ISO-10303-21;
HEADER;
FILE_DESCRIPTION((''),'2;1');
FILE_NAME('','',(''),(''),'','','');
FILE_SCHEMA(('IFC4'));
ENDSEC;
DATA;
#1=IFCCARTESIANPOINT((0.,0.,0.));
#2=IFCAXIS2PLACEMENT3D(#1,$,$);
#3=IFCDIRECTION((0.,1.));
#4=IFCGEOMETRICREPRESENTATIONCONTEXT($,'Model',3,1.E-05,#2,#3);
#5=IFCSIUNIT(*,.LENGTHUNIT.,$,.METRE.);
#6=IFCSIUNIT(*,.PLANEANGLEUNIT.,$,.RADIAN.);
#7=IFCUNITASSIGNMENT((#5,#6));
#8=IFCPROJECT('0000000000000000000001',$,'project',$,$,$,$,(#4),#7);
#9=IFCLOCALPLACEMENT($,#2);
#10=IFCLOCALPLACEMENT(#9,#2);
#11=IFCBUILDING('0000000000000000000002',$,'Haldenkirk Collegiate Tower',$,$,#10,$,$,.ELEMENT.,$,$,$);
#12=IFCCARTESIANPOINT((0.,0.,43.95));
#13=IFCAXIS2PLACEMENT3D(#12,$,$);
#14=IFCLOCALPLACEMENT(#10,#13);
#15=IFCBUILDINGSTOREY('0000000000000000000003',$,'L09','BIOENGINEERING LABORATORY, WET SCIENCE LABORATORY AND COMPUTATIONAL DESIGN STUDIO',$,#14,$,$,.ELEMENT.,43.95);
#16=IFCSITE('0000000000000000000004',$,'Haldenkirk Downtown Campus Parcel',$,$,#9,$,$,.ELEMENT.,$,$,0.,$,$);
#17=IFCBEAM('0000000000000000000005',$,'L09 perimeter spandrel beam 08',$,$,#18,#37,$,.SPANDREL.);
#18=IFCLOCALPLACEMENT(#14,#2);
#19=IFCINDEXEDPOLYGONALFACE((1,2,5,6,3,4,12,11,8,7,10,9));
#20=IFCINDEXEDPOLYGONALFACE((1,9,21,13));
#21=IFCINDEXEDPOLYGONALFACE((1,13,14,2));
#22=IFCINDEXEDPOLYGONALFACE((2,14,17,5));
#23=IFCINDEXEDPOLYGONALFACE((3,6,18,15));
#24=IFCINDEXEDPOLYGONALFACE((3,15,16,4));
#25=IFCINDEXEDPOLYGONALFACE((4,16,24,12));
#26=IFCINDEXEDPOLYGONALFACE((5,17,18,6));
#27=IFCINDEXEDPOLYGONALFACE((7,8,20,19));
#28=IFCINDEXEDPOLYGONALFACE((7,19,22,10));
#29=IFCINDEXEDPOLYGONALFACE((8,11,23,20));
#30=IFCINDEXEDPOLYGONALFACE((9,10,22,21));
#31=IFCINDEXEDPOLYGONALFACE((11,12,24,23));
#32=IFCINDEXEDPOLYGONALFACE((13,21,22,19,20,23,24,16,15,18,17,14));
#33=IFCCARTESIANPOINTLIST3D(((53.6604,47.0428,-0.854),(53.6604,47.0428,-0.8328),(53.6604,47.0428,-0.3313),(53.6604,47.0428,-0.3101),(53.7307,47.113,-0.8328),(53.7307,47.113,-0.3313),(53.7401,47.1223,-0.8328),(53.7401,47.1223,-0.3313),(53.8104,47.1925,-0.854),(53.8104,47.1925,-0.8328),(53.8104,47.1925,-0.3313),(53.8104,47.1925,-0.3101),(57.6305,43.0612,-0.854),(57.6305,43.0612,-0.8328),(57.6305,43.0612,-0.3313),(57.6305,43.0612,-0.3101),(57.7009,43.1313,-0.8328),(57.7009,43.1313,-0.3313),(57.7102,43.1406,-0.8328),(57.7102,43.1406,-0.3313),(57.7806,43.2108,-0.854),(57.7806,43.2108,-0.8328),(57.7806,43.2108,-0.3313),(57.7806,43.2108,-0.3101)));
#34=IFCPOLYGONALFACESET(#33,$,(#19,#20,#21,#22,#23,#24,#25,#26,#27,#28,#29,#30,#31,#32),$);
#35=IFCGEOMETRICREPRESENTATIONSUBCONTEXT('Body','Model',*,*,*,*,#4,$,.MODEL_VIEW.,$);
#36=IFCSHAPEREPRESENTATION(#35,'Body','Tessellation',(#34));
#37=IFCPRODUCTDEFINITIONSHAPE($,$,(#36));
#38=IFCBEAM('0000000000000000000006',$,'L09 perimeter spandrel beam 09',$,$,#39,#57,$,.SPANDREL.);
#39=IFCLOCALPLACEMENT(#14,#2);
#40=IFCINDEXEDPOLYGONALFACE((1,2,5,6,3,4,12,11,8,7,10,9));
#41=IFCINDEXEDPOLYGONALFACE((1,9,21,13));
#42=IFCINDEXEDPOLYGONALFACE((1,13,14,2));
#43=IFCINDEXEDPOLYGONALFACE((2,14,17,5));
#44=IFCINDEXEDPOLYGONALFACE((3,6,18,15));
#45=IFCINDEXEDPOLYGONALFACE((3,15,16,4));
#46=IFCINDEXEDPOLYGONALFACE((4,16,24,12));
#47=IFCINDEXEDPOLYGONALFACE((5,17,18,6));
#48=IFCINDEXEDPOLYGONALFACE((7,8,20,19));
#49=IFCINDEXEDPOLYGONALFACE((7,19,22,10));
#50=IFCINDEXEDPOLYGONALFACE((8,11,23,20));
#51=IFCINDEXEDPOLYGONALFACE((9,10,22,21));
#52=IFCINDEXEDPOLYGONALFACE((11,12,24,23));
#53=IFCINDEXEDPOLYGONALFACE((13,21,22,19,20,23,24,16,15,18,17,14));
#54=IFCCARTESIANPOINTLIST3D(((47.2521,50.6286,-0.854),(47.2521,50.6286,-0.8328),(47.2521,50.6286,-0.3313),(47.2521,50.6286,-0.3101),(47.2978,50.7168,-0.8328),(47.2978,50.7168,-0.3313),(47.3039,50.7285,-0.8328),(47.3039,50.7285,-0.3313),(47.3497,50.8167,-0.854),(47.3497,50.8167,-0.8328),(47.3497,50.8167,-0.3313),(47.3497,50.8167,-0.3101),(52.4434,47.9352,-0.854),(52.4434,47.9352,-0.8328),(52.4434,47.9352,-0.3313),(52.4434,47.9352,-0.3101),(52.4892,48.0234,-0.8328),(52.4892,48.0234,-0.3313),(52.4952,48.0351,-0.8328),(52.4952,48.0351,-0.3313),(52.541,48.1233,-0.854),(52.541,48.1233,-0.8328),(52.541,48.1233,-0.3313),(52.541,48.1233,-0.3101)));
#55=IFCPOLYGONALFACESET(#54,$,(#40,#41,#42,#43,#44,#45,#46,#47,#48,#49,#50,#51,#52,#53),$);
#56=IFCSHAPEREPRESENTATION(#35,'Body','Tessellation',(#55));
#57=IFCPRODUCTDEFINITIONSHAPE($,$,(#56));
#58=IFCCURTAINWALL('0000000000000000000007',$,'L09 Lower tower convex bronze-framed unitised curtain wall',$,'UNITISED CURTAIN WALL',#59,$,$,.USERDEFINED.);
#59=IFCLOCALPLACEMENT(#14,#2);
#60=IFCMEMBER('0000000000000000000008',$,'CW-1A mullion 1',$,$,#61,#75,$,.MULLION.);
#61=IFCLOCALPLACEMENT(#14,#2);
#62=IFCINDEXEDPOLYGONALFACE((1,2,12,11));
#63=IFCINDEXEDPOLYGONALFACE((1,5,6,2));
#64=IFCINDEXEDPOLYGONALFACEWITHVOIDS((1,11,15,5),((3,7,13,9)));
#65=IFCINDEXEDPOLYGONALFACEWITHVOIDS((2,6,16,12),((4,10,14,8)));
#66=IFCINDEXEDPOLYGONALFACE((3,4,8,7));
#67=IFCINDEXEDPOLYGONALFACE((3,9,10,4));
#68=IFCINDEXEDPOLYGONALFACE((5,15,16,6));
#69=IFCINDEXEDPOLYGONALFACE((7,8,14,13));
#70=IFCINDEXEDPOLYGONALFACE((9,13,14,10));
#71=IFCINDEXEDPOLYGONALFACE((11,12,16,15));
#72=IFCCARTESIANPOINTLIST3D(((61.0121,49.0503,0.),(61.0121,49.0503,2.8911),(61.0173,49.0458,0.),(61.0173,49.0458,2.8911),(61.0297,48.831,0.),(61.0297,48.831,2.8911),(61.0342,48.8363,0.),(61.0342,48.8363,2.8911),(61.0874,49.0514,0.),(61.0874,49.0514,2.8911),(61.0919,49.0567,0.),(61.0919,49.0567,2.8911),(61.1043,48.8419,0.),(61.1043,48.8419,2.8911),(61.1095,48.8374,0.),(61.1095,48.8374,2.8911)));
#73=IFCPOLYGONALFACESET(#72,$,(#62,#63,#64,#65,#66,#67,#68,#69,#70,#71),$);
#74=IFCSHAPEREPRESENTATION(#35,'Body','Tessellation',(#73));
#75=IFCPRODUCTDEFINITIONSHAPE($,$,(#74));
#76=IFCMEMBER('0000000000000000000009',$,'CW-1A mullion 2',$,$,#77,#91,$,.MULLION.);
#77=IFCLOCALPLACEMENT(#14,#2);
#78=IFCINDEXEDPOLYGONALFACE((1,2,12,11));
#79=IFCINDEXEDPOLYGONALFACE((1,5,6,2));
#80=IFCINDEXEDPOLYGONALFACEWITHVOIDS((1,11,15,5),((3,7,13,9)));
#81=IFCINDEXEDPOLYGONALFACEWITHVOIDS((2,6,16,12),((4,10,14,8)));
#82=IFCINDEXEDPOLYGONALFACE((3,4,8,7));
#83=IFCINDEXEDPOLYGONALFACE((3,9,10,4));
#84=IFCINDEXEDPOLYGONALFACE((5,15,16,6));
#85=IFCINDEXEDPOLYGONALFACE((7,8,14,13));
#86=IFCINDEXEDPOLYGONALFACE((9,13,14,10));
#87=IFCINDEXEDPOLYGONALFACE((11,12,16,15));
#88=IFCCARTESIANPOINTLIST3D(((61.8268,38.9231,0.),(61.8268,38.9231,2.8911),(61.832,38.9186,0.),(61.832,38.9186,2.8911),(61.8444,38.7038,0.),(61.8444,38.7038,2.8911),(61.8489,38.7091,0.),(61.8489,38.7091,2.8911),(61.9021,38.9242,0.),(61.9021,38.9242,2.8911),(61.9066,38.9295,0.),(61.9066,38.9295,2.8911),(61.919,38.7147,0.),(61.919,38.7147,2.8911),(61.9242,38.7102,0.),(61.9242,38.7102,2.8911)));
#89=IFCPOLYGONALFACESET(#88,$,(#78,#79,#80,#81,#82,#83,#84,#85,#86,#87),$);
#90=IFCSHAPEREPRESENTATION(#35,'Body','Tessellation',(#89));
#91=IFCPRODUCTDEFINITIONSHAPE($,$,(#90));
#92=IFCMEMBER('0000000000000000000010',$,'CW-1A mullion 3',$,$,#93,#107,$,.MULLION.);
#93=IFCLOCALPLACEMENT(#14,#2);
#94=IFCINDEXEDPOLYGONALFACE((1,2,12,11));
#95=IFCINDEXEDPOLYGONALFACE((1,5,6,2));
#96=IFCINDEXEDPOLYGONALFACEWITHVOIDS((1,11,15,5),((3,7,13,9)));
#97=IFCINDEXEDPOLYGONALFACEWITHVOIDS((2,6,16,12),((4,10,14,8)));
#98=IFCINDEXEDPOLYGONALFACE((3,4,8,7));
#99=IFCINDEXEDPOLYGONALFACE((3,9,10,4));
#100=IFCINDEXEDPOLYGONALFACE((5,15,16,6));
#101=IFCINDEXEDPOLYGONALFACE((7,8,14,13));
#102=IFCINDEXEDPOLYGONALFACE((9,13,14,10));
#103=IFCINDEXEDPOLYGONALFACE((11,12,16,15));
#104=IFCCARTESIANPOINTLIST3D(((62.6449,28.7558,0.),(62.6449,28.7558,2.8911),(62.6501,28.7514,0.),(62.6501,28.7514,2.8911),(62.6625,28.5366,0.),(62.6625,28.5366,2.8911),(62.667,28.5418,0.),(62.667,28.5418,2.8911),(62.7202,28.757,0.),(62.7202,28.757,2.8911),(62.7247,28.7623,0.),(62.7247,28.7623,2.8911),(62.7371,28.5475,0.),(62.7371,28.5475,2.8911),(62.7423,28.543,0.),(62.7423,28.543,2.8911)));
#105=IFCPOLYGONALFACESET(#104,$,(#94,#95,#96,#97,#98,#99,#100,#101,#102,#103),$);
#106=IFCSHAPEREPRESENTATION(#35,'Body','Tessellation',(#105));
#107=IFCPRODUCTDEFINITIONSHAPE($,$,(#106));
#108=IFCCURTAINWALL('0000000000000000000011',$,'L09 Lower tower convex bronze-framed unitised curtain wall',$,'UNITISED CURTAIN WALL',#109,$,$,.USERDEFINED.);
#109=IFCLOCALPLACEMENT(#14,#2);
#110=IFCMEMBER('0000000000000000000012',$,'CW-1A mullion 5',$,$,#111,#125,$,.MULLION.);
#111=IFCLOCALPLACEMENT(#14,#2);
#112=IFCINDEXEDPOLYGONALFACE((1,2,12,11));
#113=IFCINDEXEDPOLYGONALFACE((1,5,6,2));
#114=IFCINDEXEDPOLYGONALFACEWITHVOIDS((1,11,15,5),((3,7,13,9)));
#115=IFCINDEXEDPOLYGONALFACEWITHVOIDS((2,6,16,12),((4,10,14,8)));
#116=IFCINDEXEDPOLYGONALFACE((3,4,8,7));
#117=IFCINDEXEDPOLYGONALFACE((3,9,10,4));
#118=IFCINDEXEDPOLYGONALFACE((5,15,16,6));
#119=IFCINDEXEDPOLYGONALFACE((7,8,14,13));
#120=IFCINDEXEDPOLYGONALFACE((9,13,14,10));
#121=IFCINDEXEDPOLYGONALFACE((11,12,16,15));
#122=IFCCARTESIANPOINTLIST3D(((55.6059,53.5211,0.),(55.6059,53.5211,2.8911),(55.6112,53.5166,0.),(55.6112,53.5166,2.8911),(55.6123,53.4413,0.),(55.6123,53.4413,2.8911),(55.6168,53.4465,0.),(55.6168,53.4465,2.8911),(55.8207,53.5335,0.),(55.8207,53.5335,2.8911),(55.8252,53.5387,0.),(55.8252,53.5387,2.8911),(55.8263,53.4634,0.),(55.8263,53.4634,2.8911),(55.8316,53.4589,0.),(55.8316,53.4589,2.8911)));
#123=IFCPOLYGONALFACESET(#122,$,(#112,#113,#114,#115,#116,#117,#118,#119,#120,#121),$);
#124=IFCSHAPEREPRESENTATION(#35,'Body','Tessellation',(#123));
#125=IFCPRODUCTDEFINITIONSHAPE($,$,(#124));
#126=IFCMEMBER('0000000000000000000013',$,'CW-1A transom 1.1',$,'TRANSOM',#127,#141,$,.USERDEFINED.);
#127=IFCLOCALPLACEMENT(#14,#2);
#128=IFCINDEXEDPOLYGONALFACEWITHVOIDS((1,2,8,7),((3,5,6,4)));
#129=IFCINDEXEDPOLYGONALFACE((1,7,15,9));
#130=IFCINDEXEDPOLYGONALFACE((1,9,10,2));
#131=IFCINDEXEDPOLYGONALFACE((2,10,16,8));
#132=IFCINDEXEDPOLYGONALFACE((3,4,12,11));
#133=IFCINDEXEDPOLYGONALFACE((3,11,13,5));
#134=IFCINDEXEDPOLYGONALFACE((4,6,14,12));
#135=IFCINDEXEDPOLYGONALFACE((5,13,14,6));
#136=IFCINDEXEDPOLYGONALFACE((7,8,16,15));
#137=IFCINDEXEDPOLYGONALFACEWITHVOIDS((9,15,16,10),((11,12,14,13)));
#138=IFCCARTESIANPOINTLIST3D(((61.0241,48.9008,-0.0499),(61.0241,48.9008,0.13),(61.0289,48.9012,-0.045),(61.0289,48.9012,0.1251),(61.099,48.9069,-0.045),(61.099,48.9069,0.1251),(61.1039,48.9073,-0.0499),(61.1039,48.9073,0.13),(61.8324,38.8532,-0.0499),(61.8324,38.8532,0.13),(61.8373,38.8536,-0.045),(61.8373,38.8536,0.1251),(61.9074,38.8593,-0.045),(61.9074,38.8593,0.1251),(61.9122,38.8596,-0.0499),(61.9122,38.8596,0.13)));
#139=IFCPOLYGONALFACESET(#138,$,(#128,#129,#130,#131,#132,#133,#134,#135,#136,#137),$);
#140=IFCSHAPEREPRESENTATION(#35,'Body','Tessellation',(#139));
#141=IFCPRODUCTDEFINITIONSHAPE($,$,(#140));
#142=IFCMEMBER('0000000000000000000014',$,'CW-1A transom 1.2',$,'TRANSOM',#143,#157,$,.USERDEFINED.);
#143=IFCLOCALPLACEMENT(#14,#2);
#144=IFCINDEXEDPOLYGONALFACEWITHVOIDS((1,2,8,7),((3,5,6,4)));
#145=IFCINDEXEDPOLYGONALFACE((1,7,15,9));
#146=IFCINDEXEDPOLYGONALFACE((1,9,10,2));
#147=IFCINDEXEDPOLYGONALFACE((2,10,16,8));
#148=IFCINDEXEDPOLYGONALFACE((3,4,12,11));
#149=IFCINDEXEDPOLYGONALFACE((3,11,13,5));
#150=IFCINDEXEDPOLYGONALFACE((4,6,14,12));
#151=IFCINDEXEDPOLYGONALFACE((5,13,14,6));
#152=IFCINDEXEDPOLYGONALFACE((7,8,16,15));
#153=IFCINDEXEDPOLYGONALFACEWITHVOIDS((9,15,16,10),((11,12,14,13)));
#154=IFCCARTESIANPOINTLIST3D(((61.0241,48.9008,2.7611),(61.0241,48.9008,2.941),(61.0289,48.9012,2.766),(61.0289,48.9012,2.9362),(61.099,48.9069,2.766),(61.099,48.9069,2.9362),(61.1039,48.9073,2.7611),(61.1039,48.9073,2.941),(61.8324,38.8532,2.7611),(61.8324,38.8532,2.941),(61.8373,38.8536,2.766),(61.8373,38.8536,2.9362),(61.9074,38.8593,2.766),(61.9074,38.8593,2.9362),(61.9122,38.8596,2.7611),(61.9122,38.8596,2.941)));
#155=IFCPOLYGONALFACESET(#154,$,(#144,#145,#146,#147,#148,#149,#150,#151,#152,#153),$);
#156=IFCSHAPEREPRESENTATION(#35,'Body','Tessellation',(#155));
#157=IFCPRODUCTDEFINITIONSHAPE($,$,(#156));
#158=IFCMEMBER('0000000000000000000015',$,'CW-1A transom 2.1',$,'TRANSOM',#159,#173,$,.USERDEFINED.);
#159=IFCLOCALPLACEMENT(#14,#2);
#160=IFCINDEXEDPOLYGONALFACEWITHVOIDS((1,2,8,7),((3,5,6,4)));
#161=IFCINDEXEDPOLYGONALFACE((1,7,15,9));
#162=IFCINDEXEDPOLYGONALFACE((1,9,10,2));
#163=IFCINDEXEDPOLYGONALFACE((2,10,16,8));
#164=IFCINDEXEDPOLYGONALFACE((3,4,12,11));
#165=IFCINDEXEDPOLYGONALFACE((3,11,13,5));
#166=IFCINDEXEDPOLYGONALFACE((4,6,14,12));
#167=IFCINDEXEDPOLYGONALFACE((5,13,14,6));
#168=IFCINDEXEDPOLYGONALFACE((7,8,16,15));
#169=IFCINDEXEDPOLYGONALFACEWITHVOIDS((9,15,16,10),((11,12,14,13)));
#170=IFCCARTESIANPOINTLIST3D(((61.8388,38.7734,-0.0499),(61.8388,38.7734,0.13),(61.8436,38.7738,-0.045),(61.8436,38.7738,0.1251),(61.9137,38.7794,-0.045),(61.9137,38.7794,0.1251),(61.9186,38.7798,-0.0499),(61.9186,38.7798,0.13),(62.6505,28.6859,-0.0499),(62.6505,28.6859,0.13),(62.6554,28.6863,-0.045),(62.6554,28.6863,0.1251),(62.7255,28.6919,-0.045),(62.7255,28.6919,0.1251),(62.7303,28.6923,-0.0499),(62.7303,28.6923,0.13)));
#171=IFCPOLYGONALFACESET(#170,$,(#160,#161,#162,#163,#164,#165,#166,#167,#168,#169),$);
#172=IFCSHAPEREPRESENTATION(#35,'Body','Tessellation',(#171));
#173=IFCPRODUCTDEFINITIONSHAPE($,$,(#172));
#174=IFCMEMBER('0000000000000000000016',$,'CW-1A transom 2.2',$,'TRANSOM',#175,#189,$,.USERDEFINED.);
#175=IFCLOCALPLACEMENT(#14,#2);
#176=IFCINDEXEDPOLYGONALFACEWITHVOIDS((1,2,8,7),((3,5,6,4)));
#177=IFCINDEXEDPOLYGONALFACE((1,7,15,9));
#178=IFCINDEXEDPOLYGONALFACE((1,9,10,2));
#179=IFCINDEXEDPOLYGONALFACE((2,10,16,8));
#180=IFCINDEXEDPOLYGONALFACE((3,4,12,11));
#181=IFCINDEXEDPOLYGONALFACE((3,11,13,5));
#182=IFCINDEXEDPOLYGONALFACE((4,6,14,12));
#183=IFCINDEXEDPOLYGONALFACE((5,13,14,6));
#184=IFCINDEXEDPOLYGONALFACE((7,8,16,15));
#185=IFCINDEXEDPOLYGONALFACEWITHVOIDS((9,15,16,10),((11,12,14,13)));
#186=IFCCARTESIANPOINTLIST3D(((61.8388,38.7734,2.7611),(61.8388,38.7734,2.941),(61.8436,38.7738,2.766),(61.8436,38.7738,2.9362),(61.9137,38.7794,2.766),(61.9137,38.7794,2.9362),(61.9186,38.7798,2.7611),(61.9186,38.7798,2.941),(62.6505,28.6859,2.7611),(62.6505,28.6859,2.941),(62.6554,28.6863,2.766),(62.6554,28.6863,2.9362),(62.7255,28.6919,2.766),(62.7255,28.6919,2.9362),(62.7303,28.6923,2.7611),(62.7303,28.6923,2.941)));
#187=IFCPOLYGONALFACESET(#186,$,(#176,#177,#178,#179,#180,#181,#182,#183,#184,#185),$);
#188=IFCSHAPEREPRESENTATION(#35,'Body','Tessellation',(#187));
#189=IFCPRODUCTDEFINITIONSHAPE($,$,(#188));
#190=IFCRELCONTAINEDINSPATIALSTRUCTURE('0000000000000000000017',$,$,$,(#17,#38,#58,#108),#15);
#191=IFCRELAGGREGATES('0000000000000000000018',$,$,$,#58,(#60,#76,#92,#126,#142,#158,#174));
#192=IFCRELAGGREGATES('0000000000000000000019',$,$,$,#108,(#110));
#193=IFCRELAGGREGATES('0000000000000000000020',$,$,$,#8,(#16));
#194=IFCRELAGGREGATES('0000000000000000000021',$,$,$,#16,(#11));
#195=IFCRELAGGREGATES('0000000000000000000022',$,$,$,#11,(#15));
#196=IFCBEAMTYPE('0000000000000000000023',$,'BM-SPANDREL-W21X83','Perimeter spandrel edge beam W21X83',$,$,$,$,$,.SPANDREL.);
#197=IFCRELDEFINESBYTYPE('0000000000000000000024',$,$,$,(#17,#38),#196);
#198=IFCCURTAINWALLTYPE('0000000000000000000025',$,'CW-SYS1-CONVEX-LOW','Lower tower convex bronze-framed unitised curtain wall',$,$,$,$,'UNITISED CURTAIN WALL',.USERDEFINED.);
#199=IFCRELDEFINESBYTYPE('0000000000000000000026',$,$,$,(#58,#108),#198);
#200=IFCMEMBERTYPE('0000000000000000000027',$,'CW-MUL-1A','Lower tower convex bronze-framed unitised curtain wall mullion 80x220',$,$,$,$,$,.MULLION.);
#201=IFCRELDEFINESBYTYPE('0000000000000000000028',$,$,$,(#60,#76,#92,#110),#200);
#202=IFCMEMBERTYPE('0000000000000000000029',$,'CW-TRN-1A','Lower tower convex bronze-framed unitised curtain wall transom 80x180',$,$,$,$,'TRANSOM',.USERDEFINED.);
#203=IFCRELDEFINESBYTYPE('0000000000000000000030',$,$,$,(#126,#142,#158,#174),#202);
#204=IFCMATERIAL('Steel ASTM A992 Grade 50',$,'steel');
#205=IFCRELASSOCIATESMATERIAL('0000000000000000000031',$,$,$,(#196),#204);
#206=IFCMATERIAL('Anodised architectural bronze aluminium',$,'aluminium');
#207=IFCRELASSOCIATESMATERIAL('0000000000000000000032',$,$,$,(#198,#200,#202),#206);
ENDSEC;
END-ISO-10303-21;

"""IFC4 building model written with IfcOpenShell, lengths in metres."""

from ifc_helpers import new_model, si_unit, direction, frame, origin, origin_2d, place, context, subcontext, project, spatial, hollow_rectangle, i_section, extrude, material, material_profile, profile_set, type_object, element, aggregate, save


model = new_model("IFC4")

# Units and contexts
model_context = context("Model", 3, precision=1e-05, world=origin(), true_north=direction((0.0, 1.0)))
body_context = subcontext(model_context, "Body", "Model", "MODEL_VIEW")
ifc_project = project(units=[si_unit("LENGTHUNIT", "METRE"), si_unit("PLANEANGLEUNIT", "RADIAN")], contexts=[model_context])

# Site, building, storey
site_placement = place(None, origin())
site = spatial("IfcSite", under=ifc_project, at=site_placement, Name="Haldenkirk Downtown Campus Parcel", CompositionType="ELEMENT", RefElevation=0.0)
building_placement = place(site_placement, origin())
building = spatial("IfcBuilding", under=site, at=building_placement, Name="Haldenkirk Collegiate Tower", CompositionType="ELEMENT")
storey_placement = place(building_placement, frame((0.0, 0.0, 43.95)))
storey = spatial("IfcBuildingStorey", under=building, at=storey_placement, Name="L09", Description="BIOENGINEERING LABORATORY, WET SCIENCE LABORATORY AND COMPUTATIONAL DESIGN STUDIO", CompositionType="ELEMENT", Elevation=43.95)

# Beams
ifc_material_1 = material(Name="Steel ASTM A992 Grade 50", Category="steel")
ifc_material_profile_1 = material_profile(ifc_material_1, i_section(OverallWidth=0.2119, OverallDepth=0.5439, WebThickness=0.0132, FlangeThickness=0.0212, at=origin_2d()), Name="W21X83")
ifc_profile_set_1 = profile_set([ifc_material_profile_1], Name="Steel ASTM A992 Grade 50")
beam_type_1 = type_object("IfcBeamType", Name="BM-SPANDREL-W21X83", Description="Perimeter spandrel edge beam W21X83", PredefinedType="SPANDREL", material=ifc_profile_set_1)
beam_1_placement = place(storey_placement, frame((57.7056, 43.136, -0.582), z_axis=(-0.706086, 0.708126, 0.0), x_axis=(-0.708126, -0.706086, 0.0)))
element("IfcBeam", 1, at=beam_1_placement, inside=storey, type_object=beam_type_1, Name="L09 perimeter spandrel beam 08", PredefinedType="SPANDREL", context=body_context, shape_type="SweptSolid", body=[
    extrude(i_section(OverallWidth=0.2119, OverallDepth=0.5439, WebThickness=0.0132, FlangeThickness=0.0212, at=origin_2d()), origin(), (0.0, 0.0, 1.0), 5.6228),
])
beam_2_placement = place(storey_placement, frame((52.4922, 48.0293, -0.582), z_axis=(-0.887648, 0.460522, 0.0), x_axis=(-0.460522, -0.887648, 0.0)))
element("IfcBeam", 2, at=beam_2_placement, inside=storey, type_object=beam_type_1, Name="L09 perimeter spandrel beam 09", PredefinedType="SPANDREL", context=body_context, shape_type="SweptSolid", body=[
    extrude(i_section(OverallWidth=0.2119, OverallDepth=0.5439, WebThickness=0.0132, FlangeThickness=0.0212, at=origin_2d()), origin(), (0.0, 0.0, 1.0), 5.8484),
])

# Curtain wall, members
ifc_material_2 = material(Name="Anodised architectural bronze aluminium", Category="aluminium")
curtain_wall_type = type_object("IfcCurtainWallType", Name="CW-SYS1-CONVEX-LOW", Description="Lower tower convex bronze-framed unitised curtain wall", ElementType="UNITISED CURTAIN WALL", PredefinedType="USERDEFINED", material=ifc_material_2)
curtain_wall_1_placement = place(storey_placement, origin())
curtain_wall_1 = element("IfcCurtainWall", 3, at=curtain_wall_1_placement, inside=storey, type_object=curtain_wall_type, Name="L09 Lower tower convex bronze-framed unitised curtain wall", ObjectType="UNITISED CURTAIN WALL", PredefinedType="USERDEFINED")
ifc_material_profile_2 = material_profile(ifc_material_2, hollow_rectangle(XDim=0.0801, YDim=0.22, WallThickness=0.0049, at=origin_2d()), Name="CW-MUL-1A")
ifc_profile_set_2 = profile_set([ifc_material_profile_2], Name="Anodised architectural bronze aluminium")
member_type_1 = type_object("IfcMemberType", Name="CW-MUL-1A", Description="Lower tower convex bronze-framed unitised curtain wall mullion 80x220", PredefinedType="MULLION", material=ifc_profile_set_2)
member_1_placement = place(storey_placement, frame((61.0608, 48.9438, 0.0), z_axis=(0.0, 0.0, 1.0), x_axis=(0.996779, 0.080198, 0.0)))
member_1 = element("IfcMember", 4, at=member_1_placement, type_object=member_type_1, Name="CW-1A mullion 1", PredefinedType="MULLION", context=body_context, shape_type="SweptSolid", body=[
    extrude(hollow_rectangle(XDim=0.0801, YDim=0.22, WallThickness=0.0049, at=origin_2d()), origin(), (0.0, 0.0, 1.0), 2.8911),
])
member_2_placement = place(storey_placement, frame((61.8755, 38.8167, 0.0), z_axis=(0.0, 0.0, 1.0), x_axis=(0.996779, 0.080198, 0.0)))
member_2 = element("IfcMember", 5, at=member_2_placement, type_object=member_type_1, Name="CW-1A mullion 2", PredefinedType="MULLION", context=body_context, shape_type="SweptSolid", body=[
    extrude(hollow_rectangle(XDim=0.0801, YDim=0.22, WallThickness=0.0049, at=origin_2d()), origin(), (0.0, 0.0, 1.0), 2.8911),
])
member_3_placement = place(storey_placement, frame((62.6936, 28.6494, 0.0), z_axis=(0.0, 0.0, 1.0), x_axis=(0.996779, 0.080198, 0.0)))
member_3 = element("IfcMember", 6, at=member_3_placement, type_object=member_type_1, Name="CW-1A mullion 3", PredefinedType="MULLION", context=body_context, shape_type="SweptSolid", body=[
    extrude(hollow_rectangle(XDim=0.0801, YDim=0.22, WallThickness=0.0049, at=origin_2d()), origin(), (0.0, 0.0, 1.0), 2.8911),
])

# Curtain wall, member
curtain_wall_2_placement = place(storey_placement, origin())
curtain_wall_2 = element("IfcCurtainWall", 7, at=curtain_wall_2_placement, inside=storey, type_object=curtain_wall_type, Name="L09 Lower tower convex bronze-framed unitised curtain wall", ObjectType="UNITISED CURTAIN WALL", PredefinedType="USERDEFINED")
member_4_placement = place(storey_placement, frame((55.7188, 53.49, 0.0), z_axis=(0.0, 0.0, 1.0), x_axis=(-0.080199, 0.996779, 0.0)))
member_4 = element("IfcMember", 8, at=member_4_placement, type_object=member_type_1, Name="CW-1A mullion 5", PredefinedType="MULLION", context=body_context, shape_type="SweptSolid", body=[
    extrude(hollow_rectangle(XDim=0.0801, YDim=0.22, WallThickness=0.0049, at=origin_2d()), origin(), (0.0, 0.0, 1.0), 2.8911),
])

# Members
ifc_material_profile_3 = material_profile(ifc_material_2, hollow_rectangle(XDim=0.0801, YDim=0.1799, WallThickness=0.0049, at=origin_2d()), Name="CW-TRN-1A")
ifc_profile_set_3 = profile_set([ifc_material_profile_3], Name="Anodised architectural bronze aluminium")
member_type_2 = type_object("IfcMemberType", Name="CW-TRN-1A", Description="Lower tower convex bronze-framed unitised curtain wall transom 80x180", ElementType="TRANSOM", PredefinedType="USERDEFINED", material=ifc_profile_set_3)
member_5_placement = place(storey_placement, frame((61.064, 48.9041, 0.04), z_axis=(0.080193, -0.996779, 0.0), x_axis=(0.996779, 0.080193, 0.0)))
member_5 = element("IfcMember", 9, at=member_5_placement, type_object=member_type_2, Name="CW-1A transom 1.1", ObjectType="TRANSOM", PredefinedType="USERDEFINED", context=body_context, shape_type="SweptSolid", body=[
    extrude(hollow_rectangle(XDim=0.0801, YDim=0.1799, WallThickness=0.0049, at=origin_2d()), origin(), (0.0, 0.0, 1.0), 10.0801),
])
member_6_placement = place(storey_placement, frame((61.064, 48.9041, 2.8511), z_axis=(0.080193, -0.996779, 0.0), x_axis=(0.996779, 0.080193, 0.0)))
member_6 = element("IfcMember", 10, at=member_6_placement, type_object=member_type_2, Name="CW-1A transom 1.2", ObjectType="TRANSOM", PredefinedType="USERDEFINED", context=body_context, shape_type="SweptSolid", body=[
    extrude(hollow_rectangle(XDim=0.0801, YDim=0.1799, WallThickness=0.0049, at=origin_2d()), origin(), (0.0, 0.0, 1.0), 10.0801),
])
member_7_placement = place(storey_placement, frame((61.8787, 38.7766, 0.04), z_axis=(0.080214, -0.996778, 0.0), x_axis=(0.996778, 0.080214, 0.0)))
member_7 = element("IfcMember", 11, at=member_7_placement, type_object=member_type_2, Name="CW-1A transom 2.1", ObjectType="TRANSOM", PredefinedType="USERDEFINED", context=body_context, shape_type="SweptSolid", body=[
    extrude(hollow_rectangle(XDim=0.0801, YDim=0.1799, WallThickness=0.0049, at=origin_2d()), origin(), (0.0, 0.0, 1.0), 10.1201),
])
member_8_placement = place(storey_placement, frame((61.8787, 38.7766, 2.8511), z_axis=(0.080214, -0.996778, 0.0), x_axis=(0.996778, 0.080214, 0.0)))
member_8 = element("IfcMember", 12, at=member_8_placement, type_object=member_type_2, Name="CW-1A transom 2.2", ObjectType="TRANSOM", PredefinedType="USERDEFINED", context=body_context, shape_type="SweptSolid", body=[
    extrude(hollow_rectangle(XDim=0.0801, YDim=0.1799, WallThickness=0.0049, at=origin_2d()), origin(), (0.0, 0.0, 1.0), 10.1201),
])

aggregate(curtain_wall_1, [member_1, member_2, member_3, member_5, member_6, member_7, member_8])
aggregate(curtain_wall_2, [member_4])

save(model, "model.ifc")
